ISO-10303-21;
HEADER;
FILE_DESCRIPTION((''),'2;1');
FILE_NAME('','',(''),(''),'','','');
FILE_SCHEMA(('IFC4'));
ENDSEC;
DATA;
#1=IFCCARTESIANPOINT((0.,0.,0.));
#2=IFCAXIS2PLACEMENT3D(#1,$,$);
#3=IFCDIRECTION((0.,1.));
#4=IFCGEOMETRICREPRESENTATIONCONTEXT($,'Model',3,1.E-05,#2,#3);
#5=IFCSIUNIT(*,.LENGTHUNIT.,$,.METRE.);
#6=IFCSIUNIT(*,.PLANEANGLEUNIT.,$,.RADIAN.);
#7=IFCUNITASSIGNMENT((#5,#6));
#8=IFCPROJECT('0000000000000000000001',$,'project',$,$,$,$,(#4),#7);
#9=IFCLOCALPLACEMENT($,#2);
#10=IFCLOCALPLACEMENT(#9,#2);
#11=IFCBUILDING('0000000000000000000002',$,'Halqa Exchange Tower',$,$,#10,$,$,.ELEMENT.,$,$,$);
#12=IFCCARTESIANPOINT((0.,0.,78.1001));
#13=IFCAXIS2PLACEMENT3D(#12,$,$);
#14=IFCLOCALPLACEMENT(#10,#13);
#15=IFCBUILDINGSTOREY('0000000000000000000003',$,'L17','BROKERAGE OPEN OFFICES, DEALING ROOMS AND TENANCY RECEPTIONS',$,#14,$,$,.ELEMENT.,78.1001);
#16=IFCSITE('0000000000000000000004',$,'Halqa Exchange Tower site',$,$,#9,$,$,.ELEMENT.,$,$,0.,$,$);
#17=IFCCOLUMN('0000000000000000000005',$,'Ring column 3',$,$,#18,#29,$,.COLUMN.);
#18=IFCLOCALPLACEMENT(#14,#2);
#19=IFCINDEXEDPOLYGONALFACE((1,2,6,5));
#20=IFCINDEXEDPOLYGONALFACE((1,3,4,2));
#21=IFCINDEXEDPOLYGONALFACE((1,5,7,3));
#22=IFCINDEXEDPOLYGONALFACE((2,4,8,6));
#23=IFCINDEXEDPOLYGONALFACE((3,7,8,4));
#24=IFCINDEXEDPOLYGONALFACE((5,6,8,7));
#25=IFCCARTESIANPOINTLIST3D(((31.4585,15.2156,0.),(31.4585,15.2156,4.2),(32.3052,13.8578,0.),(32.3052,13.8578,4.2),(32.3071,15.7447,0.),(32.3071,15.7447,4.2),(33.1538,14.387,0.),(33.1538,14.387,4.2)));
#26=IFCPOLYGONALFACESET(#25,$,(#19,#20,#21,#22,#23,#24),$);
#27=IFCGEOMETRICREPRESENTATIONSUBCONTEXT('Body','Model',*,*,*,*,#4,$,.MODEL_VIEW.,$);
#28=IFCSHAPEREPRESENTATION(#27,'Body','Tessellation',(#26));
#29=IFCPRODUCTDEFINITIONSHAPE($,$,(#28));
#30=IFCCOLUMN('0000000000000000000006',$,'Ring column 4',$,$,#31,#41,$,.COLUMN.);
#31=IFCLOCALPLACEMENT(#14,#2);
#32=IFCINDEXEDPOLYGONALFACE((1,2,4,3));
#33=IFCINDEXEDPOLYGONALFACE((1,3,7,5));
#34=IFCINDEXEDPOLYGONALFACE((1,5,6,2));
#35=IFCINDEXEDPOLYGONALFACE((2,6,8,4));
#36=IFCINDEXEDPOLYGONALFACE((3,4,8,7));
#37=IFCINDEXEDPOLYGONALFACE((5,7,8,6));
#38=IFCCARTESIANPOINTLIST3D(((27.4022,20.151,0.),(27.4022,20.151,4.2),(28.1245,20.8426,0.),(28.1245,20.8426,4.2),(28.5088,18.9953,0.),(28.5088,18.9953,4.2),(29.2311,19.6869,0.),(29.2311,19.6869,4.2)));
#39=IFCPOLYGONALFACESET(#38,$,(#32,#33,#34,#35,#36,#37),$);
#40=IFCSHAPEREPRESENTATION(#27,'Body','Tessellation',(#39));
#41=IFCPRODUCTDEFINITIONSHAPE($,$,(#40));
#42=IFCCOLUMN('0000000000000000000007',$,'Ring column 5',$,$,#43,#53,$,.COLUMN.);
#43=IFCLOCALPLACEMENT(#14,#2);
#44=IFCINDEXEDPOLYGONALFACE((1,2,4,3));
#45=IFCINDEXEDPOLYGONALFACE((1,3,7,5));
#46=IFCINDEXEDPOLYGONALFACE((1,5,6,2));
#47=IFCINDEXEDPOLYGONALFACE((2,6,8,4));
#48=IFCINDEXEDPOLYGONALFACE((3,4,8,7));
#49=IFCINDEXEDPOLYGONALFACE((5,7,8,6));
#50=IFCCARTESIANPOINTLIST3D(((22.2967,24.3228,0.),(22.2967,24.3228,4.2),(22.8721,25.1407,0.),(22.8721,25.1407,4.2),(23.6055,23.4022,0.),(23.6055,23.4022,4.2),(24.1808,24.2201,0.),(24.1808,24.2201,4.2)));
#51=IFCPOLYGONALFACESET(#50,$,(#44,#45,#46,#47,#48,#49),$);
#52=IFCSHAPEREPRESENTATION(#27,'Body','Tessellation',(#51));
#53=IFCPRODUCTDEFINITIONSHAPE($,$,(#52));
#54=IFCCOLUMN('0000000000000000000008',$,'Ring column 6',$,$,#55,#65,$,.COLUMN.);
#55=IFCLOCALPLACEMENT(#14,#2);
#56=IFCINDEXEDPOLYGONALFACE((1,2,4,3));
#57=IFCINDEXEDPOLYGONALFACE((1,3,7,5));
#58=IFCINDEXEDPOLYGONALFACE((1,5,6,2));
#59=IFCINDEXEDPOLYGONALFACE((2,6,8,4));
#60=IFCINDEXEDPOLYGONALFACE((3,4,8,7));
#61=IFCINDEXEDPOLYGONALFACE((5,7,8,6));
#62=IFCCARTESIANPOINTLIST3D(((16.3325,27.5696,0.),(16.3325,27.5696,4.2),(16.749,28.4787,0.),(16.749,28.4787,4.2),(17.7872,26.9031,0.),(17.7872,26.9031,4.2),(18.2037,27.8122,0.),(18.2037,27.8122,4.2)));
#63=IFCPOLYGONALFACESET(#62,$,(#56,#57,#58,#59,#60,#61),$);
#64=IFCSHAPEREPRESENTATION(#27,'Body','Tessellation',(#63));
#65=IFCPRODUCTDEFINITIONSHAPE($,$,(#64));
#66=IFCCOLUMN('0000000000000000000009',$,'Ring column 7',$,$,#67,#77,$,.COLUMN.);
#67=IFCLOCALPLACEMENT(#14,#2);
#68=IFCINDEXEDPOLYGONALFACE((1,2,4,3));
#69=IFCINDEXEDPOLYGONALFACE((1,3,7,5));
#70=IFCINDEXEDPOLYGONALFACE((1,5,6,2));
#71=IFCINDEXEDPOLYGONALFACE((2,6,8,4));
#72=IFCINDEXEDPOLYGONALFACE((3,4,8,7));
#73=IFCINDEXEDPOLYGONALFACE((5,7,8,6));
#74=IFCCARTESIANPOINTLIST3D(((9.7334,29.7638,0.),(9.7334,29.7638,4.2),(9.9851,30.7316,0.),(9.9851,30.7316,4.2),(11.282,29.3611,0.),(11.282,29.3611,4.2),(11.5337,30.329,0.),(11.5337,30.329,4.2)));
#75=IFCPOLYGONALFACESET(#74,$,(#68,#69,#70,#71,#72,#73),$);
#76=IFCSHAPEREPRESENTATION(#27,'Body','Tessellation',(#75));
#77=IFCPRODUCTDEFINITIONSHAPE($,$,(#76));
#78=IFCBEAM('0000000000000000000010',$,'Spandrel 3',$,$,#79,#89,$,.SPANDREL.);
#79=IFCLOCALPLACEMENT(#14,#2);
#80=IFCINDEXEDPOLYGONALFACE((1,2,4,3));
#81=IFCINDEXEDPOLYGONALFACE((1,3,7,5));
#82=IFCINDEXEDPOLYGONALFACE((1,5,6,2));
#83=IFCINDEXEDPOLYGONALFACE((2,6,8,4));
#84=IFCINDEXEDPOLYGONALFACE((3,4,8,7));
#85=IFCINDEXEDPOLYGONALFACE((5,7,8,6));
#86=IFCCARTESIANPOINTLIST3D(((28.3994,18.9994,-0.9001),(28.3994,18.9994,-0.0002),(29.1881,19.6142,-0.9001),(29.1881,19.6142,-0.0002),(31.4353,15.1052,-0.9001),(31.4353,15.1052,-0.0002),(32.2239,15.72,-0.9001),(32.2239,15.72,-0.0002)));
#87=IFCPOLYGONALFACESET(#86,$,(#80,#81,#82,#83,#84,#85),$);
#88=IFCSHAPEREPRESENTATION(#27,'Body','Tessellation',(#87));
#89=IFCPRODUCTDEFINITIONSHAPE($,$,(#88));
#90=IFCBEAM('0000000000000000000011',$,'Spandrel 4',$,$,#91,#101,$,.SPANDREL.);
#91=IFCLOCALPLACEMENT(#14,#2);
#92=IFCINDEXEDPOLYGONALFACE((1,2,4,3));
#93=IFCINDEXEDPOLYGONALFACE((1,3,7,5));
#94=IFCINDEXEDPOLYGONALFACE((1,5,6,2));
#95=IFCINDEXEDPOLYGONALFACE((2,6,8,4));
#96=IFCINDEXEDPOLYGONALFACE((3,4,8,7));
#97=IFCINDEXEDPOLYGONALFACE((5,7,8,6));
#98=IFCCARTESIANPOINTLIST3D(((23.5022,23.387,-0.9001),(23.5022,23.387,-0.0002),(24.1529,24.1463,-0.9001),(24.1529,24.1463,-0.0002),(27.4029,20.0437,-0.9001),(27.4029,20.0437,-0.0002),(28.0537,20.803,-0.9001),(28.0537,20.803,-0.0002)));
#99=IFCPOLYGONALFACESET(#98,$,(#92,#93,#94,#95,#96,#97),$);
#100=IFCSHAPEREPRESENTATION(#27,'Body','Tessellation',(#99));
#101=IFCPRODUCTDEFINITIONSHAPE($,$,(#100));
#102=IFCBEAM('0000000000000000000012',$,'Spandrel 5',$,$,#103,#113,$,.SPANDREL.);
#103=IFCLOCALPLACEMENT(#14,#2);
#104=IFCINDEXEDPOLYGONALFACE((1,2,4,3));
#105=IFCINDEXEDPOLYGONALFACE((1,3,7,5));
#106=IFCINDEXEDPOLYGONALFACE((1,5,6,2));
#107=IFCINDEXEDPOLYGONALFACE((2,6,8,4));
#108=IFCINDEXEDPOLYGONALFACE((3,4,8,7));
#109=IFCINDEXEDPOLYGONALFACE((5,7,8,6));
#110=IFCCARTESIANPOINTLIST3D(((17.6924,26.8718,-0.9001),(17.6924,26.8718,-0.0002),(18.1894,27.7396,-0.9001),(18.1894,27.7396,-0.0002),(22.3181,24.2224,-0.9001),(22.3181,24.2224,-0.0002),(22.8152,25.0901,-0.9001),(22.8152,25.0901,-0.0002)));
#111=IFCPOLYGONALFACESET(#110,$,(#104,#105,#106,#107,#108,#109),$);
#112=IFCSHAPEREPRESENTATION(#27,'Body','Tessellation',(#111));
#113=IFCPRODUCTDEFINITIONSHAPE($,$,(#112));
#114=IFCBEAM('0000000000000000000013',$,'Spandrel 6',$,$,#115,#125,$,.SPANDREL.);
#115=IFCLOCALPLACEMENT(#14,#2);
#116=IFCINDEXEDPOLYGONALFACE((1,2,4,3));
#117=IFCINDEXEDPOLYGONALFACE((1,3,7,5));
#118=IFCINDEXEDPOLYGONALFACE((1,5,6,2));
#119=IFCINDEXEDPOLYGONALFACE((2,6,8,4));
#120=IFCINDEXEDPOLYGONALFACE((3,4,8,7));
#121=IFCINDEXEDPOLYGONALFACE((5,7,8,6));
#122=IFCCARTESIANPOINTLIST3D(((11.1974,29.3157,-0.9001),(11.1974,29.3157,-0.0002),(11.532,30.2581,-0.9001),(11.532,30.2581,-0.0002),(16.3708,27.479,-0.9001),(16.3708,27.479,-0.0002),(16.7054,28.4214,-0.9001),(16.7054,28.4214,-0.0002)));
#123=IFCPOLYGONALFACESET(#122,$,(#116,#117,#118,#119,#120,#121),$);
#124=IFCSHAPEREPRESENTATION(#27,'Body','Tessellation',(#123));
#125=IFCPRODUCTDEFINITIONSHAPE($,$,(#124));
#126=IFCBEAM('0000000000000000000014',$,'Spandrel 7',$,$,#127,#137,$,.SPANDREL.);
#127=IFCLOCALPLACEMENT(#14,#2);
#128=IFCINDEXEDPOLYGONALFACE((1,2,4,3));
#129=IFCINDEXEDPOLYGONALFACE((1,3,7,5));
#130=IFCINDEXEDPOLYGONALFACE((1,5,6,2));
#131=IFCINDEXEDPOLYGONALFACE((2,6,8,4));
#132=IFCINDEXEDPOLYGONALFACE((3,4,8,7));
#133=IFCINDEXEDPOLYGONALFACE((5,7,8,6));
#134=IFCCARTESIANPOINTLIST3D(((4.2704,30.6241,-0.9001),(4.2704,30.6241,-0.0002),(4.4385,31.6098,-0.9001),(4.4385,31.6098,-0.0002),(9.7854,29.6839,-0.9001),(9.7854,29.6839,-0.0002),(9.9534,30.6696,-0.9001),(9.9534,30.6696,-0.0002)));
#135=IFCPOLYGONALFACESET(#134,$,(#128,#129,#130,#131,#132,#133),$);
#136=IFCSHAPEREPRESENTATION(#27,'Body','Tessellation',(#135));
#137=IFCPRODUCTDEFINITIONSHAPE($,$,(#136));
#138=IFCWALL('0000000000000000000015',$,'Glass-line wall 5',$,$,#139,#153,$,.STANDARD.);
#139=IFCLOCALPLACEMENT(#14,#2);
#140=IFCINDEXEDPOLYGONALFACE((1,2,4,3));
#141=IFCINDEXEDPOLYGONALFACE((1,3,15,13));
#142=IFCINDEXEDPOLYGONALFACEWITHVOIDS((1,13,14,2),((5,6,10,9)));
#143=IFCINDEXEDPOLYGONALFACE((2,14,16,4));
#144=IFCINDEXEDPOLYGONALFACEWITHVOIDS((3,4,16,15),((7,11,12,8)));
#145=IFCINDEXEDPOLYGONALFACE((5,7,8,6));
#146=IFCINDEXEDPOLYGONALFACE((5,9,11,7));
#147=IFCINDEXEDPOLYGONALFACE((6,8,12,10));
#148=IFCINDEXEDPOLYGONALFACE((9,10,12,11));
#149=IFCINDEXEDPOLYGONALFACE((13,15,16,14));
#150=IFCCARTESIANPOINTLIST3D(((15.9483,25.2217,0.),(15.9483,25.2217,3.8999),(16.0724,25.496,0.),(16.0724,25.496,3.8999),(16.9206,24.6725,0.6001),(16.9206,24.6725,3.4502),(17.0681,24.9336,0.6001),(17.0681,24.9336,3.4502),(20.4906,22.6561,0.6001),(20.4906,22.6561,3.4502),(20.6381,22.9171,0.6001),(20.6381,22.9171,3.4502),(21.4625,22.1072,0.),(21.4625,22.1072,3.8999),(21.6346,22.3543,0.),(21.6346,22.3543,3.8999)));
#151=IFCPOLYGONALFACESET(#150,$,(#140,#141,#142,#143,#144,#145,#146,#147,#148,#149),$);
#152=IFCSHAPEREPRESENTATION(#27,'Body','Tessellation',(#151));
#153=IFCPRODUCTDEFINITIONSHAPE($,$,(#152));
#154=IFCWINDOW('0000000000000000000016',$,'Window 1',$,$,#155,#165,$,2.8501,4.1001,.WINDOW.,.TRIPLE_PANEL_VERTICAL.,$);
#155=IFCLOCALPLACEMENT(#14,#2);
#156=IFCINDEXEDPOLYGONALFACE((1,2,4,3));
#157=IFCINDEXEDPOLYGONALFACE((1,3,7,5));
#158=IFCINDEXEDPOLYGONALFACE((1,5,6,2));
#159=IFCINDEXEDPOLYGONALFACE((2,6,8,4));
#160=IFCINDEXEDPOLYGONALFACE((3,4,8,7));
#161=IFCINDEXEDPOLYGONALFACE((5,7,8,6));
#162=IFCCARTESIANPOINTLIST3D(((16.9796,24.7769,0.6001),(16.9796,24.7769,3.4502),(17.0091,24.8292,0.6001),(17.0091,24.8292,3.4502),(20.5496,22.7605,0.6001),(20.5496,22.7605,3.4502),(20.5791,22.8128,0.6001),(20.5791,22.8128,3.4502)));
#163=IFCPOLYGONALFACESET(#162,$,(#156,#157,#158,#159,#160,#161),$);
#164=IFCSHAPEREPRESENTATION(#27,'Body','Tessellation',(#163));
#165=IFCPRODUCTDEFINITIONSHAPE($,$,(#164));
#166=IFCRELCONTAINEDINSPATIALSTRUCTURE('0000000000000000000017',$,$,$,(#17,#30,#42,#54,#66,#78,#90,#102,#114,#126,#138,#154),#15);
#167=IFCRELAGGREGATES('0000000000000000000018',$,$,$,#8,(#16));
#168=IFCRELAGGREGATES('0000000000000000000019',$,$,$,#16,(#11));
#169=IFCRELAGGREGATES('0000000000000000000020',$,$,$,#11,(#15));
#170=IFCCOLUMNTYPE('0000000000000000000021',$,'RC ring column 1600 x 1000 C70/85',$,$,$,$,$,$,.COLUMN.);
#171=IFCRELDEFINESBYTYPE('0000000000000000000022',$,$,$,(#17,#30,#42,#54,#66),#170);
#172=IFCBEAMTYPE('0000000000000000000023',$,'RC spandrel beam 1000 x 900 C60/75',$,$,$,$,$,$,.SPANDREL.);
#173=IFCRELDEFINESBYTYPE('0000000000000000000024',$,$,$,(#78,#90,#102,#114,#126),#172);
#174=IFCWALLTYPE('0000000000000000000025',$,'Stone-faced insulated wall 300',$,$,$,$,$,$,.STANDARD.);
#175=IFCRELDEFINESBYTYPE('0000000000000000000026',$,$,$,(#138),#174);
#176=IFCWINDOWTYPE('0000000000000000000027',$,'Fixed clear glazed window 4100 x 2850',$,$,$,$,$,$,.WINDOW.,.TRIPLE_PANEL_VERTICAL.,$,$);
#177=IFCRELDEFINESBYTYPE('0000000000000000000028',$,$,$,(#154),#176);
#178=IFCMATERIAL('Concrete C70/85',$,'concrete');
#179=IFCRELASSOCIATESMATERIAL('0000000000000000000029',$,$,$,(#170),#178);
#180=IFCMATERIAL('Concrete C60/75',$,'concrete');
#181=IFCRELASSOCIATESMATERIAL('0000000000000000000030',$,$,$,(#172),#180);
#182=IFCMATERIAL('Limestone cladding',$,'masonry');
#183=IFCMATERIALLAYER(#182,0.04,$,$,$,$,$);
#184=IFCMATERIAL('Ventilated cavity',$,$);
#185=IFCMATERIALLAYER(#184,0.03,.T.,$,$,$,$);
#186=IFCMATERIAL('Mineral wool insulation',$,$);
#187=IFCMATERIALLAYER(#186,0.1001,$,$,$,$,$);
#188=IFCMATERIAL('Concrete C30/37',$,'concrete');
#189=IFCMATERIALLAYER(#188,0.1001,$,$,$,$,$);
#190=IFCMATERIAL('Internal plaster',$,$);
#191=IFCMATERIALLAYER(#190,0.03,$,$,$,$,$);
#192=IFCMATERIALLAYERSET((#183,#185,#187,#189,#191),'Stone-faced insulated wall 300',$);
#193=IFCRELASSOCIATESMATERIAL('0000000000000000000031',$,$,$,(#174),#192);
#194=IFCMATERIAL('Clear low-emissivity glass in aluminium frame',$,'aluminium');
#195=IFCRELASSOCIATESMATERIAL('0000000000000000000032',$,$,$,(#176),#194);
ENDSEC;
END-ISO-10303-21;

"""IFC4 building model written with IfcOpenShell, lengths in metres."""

from ifc_helpers import new_model, si_unit, direction, frame, frame_2d, origin, origin_2d, place, context, subcontext, project, spatial, polyline, rectangle, outline, extrude, material, layer, layer_set, material_profile, profile_set, type_object, element, fill, save


model = new_model("IFC4")

# Units and contexts
model_context = context("Model", 3, precision=1e-05, world=origin(), true_north=direction((0.0, 1.0)))
body_context = subcontext(model_context, "Body", "Model", "MODEL_VIEW")
ifc_project = project(units=[si_unit("LENGTHUNIT", "METRE"), si_unit("PLANEANGLEUNIT", "RADIAN")], contexts=[model_context])

# Site, building, storey
site_placement = place(None, origin())
site = spatial("IfcSite", under=ifc_project, at=site_placement, Name="Halqa Exchange Tower site", CompositionType="ELEMENT", RefElevation=0.0)
building_placement = place(site_placement, origin())
building = spatial("IfcBuilding", under=site, at=building_placement, Name="Halqa Exchange Tower", CompositionType="ELEMENT")
storey_placement = place(building_placement, frame((0.0, 0.0, 78.1001)))
storey = spatial("IfcBuildingStorey", under=building, at=storey_placement, Name="L17", Description="BROKERAGE OPEN OFFICES, DEALING ROOMS AND TENANCY RECEPTIONS", CompositionType="ELEMENT", Elevation=78.1001)

# Columns
ifc_material_1 = material(Name="Concrete C70/85", Category="concrete")
ifc_material_profile_1 = material_profile(ifc_material_1, rectangle(XDim=1.6001, YDim=1.0, at=origin_2d()), Name="1600 x 1000")
ifc_profile_set_1 = profile_set([ifc_material_profile_1], Name="Concrete C70/85")
column_type = type_object("IfcColumnType", Name="RC ring column 1600 x 1000 C70/85", PredefinedType="COLUMN", material=ifc_profile_set_1)
for number, where, z_axis, x_axis, name in (
    (1, (32.3062, 14.8013, 0.0), (0.0, 0.0, 1.0), (-0.529145, 0.848531, 0.0), "Ring column 3"),
    (2, (28.3167, 19.9189, 0.0), (0.0, 0.0, 1.0), (-0.691579, 0.722301, 0.0), "Ring column 4"),
    (3, (23.2388, 24.2715, 0.0), (0.0, 0.0, 1.0), (-0.817909, 0.575348, 0.0), "Ring column 5"),
    (4, (17.2681, 27.6909, 0.0), (0.0, 0.0, 1.0), (-0.909127, 0.416519, 0.0), "Ring column 6"),
    (5, (10.6335, 30.0464, 0.0), (0.0, 0.0, 1.0), (-0.96782, 0.251644, 0.0), "Ring column 7"),
):
    element("IfcColumn", number, at=place(storey_placement, frame(where, z_axis=z_axis, x_axis=x_axis)), inside=storey, type_object=column_type, Name=name, PredefinedType="COLUMN", context=body_context, shape_type="SweptSolid", body=[
        extrude(rectangle(XDim=1.6001, YDim=1.0, at=origin_2d()), origin(), (0.0, 0.0, 1.0), 4.2),
    ])

# Beams
ifc_material_2 = material(Name="Concrete C60/75", Category="concrete")
ifc_material_profile_2 = material_profile(ifc_material_2, rectangle(XDim=1.0, YDim=0.8999, at=origin_2d()), Name="1000 x 900")
ifc_profile_set_2 = profile_set([ifc_material_profile_2], Name="Concrete C60/75")
beam_type = type_object("IfcBeamType", Name="RC spandrel beam 1000 x 900 C60/75", PredefinedType="SPANDREL", material=ifc_profile_set_2)
beam_1_placement = place(storey_placement, frame((31.8296, 15.4126, -0.4502), z_axis=(-0.614823, 0.788665, 0.0), x_axis=(-0.788665, -0.614823, 0.0)))
element("IfcBeam", 6, at=beam_1_placement, inside=storey, type_object=beam_type, Name="Spandrel 3", PredefinedType="SPANDREL", context=body_context, shape_type="SweptSolid", body=[
    extrude(rectangle(XDim=1.0, YDim=0.8999, at=origin_2d()), origin(), (0.0, 0.0, 1.0), 4.9377),
])
beam_2_placement = place(storey_placement, frame((27.7283, 20.4233, -0.4502), z_axis=(-0.75927, 0.650776, 0.0), x_axis=(-0.650776, -0.75927, 0.0)))
element("IfcBeam", 7, at=beam_2_placement, inside=storey, type_object=beam_type, Name="Spandrel 4", PredefinedType="SPANDREL", context=body_context, shape_type="SweptSolid", body=[
    extrude(rectangle(XDim=1.0, YDim=0.8999, at=origin_2d()), origin(), (0.0, 0.0, 1.0), 5.1375),
])
beam_3_placement = place(storey_placement, frame((22.5667, 24.6562, -0.4502), z_axis=(-0.867747, 0.497007, 0.0), x_axis=(-0.497007, -0.867747, 0.0)))
element("IfcBeam", 8, at=beam_3_placement, inside=storey, type_object=beam_type, Name="Spandrel 5", PredefinedType="SPANDREL", context=body_context, shape_type="SweptSolid", body=[
    extrude(rectangle(XDim=1.0, YDim=0.8999, at=origin_2d()), origin(), (0.0, 0.0, 1.0), 5.3308),
])
beam_4_placement = place(storey_placement, frame((16.5381, 27.9502, -0.4502), z_axis=(-0.942372, 0.334567, 0.0), x_axis=(-0.334567, -0.942372, 0.0)))
element("IfcBeam", 9, at=beam_4_placement, inside=storey, type_object=beam_type, Name="Spandrel 6", PredefinedType="SPANDREL", context=body_context, shape_type="SweptSolid", body=[
    extrude(rectangle(XDim=1.0, YDim=0.8999, at=origin_2d()), origin(), (0.0, 0.0, 1.0), 5.4897),
])
beam_5_placement = place(storey_placement, frame((9.8694, 30.1768, -0.4502), z_axis=(-0.985777, 0.168057, 0.0), x_axis=(-0.168057, -0.985777, 0.0)))
element("IfcBeam", 10, at=beam_5_placement, inside=storey, type_object=beam_type, Name="Spandrel 7", PredefinedType="SPANDREL", context=body_context, shape_type="SweptSolid", body=[
    extrude(rectangle(XDim=1.0, YDim=0.8999, at=origin_2d()), origin(), (0.0, 0.0, 1.0), 5.5945),
])

# Shared definitions
ifc_material_3 = material(Name="Limestone cladding", Category="masonry")
ifc_layer_1 = layer(ifc_material_3, 0.04)
ifc_material_4 = material(Name="Ventilated cavity")
ifc_layer_2 = layer(ifc_material_4, 0.03, ventilated=True)
ifc_material_5 = material(Name="Mineral wool insulation")
ifc_layer_3 = layer(ifc_material_5, 0.1001)
ifc_material_6 = material(Name="Concrete C30/37", Category="concrete")
ifc_layer_4 = layer(ifc_material_6, 0.1001)
ifc_material_7 = material(Name="Internal plaster")
ifc_layer_5 = layer(ifc_material_7, 0.03)
ifc_layer_set = layer_set([ifc_layer_1, ifc_layer_2, ifc_layer_3, ifc_layer_4, ifc_layer_5], Name="Stone-faced insulated wall 300")
wall_type = type_object("IfcWallType", Name="Stone-faced insulated wall 300", PredefinedType="STANDARD", material=ifc_layer_set)
ifc_material_8 = material(Name="Clear low-emissivity glass in aluminium frame", Category="aluminium")

# Wall, opening, window
wall_1_placement = place(storey_placement, frame((21.5486, 22.2307, 0.0), z_axis=(0.0, 0.0, 1.0), x_axis=(-0.87071, 0.491797, 0.0)))
wall_1 = element("IfcWall", 11, at=wall_1_placement, inside=storey, type_object=wall_type, Name="Glass-line wall 5", PredefinedType="STANDARD", context=body_context, shape_type="SweptSolid", body=[
    extrude(outline(polyline([(-0.0142, -0.1499), (6.374, -0.1499), (6.3472, 0.1499), (0.0142, 0.1499), (-0.0142, -0.1499)])), origin(), (0.0, 0.0, 1.0), 3.8999),
])
opening_1_placement = place(wall_1_placement, frame((1.1304, 0.0, 0.6001)))
opening_1 = element("IfcOpeningElement", 12, at=opening_1_placement, cuts=wall_1, PredefinedType="OPENING", context=body_context, shape_type="SweptSolid", body=[
    extrude(rectangle(XDim=4.1001, YDim=2.8501, at=frame_2d((2.05, 1.425))), frame((0.0, 0.1621, 0.0), z_axis=(0.0, -1.0, 0.0), x_axis=(1.0, 0.0, 0.0)), (0.0, 0.0, 1.0), 0.324),
])
window_type = type_object("IfcWindowType", Name="Fixed clear glazed window 4100 x 2850", PartitioningType="TRIPLE_PANEL_VERTICAL", PredefinedType="WINDOW", material=ifc_material_8)
window_1_placement = place(opening_1_placement, origin())
window_1 = element("IfcWindow", 13, at=window_1_placement, inside=storey, type_object=window_type, Name="Window 1", OverallHeight=2.8501, OverallWidth=4.1001, PartitioningType="TRIPLE_PANEL_VERTICAL", PredefinedType="WINDOW", context=body_context, shape_type="SweptSolid", body=[
    extrude(rectangle(XDim=4.1001, YDim=2.8501, at=frame_2d((2.05, 1.425))), frame((0.0, 0.03, 0.0), z_axis=(0.0, -1.0, 0.0), x_axis=(1.0, 0.0, 0.0)), (0.0, 0.0, 1.0), 0.0601),
])
fill(opening_1, window_1)

save(model, "model.ifc")
